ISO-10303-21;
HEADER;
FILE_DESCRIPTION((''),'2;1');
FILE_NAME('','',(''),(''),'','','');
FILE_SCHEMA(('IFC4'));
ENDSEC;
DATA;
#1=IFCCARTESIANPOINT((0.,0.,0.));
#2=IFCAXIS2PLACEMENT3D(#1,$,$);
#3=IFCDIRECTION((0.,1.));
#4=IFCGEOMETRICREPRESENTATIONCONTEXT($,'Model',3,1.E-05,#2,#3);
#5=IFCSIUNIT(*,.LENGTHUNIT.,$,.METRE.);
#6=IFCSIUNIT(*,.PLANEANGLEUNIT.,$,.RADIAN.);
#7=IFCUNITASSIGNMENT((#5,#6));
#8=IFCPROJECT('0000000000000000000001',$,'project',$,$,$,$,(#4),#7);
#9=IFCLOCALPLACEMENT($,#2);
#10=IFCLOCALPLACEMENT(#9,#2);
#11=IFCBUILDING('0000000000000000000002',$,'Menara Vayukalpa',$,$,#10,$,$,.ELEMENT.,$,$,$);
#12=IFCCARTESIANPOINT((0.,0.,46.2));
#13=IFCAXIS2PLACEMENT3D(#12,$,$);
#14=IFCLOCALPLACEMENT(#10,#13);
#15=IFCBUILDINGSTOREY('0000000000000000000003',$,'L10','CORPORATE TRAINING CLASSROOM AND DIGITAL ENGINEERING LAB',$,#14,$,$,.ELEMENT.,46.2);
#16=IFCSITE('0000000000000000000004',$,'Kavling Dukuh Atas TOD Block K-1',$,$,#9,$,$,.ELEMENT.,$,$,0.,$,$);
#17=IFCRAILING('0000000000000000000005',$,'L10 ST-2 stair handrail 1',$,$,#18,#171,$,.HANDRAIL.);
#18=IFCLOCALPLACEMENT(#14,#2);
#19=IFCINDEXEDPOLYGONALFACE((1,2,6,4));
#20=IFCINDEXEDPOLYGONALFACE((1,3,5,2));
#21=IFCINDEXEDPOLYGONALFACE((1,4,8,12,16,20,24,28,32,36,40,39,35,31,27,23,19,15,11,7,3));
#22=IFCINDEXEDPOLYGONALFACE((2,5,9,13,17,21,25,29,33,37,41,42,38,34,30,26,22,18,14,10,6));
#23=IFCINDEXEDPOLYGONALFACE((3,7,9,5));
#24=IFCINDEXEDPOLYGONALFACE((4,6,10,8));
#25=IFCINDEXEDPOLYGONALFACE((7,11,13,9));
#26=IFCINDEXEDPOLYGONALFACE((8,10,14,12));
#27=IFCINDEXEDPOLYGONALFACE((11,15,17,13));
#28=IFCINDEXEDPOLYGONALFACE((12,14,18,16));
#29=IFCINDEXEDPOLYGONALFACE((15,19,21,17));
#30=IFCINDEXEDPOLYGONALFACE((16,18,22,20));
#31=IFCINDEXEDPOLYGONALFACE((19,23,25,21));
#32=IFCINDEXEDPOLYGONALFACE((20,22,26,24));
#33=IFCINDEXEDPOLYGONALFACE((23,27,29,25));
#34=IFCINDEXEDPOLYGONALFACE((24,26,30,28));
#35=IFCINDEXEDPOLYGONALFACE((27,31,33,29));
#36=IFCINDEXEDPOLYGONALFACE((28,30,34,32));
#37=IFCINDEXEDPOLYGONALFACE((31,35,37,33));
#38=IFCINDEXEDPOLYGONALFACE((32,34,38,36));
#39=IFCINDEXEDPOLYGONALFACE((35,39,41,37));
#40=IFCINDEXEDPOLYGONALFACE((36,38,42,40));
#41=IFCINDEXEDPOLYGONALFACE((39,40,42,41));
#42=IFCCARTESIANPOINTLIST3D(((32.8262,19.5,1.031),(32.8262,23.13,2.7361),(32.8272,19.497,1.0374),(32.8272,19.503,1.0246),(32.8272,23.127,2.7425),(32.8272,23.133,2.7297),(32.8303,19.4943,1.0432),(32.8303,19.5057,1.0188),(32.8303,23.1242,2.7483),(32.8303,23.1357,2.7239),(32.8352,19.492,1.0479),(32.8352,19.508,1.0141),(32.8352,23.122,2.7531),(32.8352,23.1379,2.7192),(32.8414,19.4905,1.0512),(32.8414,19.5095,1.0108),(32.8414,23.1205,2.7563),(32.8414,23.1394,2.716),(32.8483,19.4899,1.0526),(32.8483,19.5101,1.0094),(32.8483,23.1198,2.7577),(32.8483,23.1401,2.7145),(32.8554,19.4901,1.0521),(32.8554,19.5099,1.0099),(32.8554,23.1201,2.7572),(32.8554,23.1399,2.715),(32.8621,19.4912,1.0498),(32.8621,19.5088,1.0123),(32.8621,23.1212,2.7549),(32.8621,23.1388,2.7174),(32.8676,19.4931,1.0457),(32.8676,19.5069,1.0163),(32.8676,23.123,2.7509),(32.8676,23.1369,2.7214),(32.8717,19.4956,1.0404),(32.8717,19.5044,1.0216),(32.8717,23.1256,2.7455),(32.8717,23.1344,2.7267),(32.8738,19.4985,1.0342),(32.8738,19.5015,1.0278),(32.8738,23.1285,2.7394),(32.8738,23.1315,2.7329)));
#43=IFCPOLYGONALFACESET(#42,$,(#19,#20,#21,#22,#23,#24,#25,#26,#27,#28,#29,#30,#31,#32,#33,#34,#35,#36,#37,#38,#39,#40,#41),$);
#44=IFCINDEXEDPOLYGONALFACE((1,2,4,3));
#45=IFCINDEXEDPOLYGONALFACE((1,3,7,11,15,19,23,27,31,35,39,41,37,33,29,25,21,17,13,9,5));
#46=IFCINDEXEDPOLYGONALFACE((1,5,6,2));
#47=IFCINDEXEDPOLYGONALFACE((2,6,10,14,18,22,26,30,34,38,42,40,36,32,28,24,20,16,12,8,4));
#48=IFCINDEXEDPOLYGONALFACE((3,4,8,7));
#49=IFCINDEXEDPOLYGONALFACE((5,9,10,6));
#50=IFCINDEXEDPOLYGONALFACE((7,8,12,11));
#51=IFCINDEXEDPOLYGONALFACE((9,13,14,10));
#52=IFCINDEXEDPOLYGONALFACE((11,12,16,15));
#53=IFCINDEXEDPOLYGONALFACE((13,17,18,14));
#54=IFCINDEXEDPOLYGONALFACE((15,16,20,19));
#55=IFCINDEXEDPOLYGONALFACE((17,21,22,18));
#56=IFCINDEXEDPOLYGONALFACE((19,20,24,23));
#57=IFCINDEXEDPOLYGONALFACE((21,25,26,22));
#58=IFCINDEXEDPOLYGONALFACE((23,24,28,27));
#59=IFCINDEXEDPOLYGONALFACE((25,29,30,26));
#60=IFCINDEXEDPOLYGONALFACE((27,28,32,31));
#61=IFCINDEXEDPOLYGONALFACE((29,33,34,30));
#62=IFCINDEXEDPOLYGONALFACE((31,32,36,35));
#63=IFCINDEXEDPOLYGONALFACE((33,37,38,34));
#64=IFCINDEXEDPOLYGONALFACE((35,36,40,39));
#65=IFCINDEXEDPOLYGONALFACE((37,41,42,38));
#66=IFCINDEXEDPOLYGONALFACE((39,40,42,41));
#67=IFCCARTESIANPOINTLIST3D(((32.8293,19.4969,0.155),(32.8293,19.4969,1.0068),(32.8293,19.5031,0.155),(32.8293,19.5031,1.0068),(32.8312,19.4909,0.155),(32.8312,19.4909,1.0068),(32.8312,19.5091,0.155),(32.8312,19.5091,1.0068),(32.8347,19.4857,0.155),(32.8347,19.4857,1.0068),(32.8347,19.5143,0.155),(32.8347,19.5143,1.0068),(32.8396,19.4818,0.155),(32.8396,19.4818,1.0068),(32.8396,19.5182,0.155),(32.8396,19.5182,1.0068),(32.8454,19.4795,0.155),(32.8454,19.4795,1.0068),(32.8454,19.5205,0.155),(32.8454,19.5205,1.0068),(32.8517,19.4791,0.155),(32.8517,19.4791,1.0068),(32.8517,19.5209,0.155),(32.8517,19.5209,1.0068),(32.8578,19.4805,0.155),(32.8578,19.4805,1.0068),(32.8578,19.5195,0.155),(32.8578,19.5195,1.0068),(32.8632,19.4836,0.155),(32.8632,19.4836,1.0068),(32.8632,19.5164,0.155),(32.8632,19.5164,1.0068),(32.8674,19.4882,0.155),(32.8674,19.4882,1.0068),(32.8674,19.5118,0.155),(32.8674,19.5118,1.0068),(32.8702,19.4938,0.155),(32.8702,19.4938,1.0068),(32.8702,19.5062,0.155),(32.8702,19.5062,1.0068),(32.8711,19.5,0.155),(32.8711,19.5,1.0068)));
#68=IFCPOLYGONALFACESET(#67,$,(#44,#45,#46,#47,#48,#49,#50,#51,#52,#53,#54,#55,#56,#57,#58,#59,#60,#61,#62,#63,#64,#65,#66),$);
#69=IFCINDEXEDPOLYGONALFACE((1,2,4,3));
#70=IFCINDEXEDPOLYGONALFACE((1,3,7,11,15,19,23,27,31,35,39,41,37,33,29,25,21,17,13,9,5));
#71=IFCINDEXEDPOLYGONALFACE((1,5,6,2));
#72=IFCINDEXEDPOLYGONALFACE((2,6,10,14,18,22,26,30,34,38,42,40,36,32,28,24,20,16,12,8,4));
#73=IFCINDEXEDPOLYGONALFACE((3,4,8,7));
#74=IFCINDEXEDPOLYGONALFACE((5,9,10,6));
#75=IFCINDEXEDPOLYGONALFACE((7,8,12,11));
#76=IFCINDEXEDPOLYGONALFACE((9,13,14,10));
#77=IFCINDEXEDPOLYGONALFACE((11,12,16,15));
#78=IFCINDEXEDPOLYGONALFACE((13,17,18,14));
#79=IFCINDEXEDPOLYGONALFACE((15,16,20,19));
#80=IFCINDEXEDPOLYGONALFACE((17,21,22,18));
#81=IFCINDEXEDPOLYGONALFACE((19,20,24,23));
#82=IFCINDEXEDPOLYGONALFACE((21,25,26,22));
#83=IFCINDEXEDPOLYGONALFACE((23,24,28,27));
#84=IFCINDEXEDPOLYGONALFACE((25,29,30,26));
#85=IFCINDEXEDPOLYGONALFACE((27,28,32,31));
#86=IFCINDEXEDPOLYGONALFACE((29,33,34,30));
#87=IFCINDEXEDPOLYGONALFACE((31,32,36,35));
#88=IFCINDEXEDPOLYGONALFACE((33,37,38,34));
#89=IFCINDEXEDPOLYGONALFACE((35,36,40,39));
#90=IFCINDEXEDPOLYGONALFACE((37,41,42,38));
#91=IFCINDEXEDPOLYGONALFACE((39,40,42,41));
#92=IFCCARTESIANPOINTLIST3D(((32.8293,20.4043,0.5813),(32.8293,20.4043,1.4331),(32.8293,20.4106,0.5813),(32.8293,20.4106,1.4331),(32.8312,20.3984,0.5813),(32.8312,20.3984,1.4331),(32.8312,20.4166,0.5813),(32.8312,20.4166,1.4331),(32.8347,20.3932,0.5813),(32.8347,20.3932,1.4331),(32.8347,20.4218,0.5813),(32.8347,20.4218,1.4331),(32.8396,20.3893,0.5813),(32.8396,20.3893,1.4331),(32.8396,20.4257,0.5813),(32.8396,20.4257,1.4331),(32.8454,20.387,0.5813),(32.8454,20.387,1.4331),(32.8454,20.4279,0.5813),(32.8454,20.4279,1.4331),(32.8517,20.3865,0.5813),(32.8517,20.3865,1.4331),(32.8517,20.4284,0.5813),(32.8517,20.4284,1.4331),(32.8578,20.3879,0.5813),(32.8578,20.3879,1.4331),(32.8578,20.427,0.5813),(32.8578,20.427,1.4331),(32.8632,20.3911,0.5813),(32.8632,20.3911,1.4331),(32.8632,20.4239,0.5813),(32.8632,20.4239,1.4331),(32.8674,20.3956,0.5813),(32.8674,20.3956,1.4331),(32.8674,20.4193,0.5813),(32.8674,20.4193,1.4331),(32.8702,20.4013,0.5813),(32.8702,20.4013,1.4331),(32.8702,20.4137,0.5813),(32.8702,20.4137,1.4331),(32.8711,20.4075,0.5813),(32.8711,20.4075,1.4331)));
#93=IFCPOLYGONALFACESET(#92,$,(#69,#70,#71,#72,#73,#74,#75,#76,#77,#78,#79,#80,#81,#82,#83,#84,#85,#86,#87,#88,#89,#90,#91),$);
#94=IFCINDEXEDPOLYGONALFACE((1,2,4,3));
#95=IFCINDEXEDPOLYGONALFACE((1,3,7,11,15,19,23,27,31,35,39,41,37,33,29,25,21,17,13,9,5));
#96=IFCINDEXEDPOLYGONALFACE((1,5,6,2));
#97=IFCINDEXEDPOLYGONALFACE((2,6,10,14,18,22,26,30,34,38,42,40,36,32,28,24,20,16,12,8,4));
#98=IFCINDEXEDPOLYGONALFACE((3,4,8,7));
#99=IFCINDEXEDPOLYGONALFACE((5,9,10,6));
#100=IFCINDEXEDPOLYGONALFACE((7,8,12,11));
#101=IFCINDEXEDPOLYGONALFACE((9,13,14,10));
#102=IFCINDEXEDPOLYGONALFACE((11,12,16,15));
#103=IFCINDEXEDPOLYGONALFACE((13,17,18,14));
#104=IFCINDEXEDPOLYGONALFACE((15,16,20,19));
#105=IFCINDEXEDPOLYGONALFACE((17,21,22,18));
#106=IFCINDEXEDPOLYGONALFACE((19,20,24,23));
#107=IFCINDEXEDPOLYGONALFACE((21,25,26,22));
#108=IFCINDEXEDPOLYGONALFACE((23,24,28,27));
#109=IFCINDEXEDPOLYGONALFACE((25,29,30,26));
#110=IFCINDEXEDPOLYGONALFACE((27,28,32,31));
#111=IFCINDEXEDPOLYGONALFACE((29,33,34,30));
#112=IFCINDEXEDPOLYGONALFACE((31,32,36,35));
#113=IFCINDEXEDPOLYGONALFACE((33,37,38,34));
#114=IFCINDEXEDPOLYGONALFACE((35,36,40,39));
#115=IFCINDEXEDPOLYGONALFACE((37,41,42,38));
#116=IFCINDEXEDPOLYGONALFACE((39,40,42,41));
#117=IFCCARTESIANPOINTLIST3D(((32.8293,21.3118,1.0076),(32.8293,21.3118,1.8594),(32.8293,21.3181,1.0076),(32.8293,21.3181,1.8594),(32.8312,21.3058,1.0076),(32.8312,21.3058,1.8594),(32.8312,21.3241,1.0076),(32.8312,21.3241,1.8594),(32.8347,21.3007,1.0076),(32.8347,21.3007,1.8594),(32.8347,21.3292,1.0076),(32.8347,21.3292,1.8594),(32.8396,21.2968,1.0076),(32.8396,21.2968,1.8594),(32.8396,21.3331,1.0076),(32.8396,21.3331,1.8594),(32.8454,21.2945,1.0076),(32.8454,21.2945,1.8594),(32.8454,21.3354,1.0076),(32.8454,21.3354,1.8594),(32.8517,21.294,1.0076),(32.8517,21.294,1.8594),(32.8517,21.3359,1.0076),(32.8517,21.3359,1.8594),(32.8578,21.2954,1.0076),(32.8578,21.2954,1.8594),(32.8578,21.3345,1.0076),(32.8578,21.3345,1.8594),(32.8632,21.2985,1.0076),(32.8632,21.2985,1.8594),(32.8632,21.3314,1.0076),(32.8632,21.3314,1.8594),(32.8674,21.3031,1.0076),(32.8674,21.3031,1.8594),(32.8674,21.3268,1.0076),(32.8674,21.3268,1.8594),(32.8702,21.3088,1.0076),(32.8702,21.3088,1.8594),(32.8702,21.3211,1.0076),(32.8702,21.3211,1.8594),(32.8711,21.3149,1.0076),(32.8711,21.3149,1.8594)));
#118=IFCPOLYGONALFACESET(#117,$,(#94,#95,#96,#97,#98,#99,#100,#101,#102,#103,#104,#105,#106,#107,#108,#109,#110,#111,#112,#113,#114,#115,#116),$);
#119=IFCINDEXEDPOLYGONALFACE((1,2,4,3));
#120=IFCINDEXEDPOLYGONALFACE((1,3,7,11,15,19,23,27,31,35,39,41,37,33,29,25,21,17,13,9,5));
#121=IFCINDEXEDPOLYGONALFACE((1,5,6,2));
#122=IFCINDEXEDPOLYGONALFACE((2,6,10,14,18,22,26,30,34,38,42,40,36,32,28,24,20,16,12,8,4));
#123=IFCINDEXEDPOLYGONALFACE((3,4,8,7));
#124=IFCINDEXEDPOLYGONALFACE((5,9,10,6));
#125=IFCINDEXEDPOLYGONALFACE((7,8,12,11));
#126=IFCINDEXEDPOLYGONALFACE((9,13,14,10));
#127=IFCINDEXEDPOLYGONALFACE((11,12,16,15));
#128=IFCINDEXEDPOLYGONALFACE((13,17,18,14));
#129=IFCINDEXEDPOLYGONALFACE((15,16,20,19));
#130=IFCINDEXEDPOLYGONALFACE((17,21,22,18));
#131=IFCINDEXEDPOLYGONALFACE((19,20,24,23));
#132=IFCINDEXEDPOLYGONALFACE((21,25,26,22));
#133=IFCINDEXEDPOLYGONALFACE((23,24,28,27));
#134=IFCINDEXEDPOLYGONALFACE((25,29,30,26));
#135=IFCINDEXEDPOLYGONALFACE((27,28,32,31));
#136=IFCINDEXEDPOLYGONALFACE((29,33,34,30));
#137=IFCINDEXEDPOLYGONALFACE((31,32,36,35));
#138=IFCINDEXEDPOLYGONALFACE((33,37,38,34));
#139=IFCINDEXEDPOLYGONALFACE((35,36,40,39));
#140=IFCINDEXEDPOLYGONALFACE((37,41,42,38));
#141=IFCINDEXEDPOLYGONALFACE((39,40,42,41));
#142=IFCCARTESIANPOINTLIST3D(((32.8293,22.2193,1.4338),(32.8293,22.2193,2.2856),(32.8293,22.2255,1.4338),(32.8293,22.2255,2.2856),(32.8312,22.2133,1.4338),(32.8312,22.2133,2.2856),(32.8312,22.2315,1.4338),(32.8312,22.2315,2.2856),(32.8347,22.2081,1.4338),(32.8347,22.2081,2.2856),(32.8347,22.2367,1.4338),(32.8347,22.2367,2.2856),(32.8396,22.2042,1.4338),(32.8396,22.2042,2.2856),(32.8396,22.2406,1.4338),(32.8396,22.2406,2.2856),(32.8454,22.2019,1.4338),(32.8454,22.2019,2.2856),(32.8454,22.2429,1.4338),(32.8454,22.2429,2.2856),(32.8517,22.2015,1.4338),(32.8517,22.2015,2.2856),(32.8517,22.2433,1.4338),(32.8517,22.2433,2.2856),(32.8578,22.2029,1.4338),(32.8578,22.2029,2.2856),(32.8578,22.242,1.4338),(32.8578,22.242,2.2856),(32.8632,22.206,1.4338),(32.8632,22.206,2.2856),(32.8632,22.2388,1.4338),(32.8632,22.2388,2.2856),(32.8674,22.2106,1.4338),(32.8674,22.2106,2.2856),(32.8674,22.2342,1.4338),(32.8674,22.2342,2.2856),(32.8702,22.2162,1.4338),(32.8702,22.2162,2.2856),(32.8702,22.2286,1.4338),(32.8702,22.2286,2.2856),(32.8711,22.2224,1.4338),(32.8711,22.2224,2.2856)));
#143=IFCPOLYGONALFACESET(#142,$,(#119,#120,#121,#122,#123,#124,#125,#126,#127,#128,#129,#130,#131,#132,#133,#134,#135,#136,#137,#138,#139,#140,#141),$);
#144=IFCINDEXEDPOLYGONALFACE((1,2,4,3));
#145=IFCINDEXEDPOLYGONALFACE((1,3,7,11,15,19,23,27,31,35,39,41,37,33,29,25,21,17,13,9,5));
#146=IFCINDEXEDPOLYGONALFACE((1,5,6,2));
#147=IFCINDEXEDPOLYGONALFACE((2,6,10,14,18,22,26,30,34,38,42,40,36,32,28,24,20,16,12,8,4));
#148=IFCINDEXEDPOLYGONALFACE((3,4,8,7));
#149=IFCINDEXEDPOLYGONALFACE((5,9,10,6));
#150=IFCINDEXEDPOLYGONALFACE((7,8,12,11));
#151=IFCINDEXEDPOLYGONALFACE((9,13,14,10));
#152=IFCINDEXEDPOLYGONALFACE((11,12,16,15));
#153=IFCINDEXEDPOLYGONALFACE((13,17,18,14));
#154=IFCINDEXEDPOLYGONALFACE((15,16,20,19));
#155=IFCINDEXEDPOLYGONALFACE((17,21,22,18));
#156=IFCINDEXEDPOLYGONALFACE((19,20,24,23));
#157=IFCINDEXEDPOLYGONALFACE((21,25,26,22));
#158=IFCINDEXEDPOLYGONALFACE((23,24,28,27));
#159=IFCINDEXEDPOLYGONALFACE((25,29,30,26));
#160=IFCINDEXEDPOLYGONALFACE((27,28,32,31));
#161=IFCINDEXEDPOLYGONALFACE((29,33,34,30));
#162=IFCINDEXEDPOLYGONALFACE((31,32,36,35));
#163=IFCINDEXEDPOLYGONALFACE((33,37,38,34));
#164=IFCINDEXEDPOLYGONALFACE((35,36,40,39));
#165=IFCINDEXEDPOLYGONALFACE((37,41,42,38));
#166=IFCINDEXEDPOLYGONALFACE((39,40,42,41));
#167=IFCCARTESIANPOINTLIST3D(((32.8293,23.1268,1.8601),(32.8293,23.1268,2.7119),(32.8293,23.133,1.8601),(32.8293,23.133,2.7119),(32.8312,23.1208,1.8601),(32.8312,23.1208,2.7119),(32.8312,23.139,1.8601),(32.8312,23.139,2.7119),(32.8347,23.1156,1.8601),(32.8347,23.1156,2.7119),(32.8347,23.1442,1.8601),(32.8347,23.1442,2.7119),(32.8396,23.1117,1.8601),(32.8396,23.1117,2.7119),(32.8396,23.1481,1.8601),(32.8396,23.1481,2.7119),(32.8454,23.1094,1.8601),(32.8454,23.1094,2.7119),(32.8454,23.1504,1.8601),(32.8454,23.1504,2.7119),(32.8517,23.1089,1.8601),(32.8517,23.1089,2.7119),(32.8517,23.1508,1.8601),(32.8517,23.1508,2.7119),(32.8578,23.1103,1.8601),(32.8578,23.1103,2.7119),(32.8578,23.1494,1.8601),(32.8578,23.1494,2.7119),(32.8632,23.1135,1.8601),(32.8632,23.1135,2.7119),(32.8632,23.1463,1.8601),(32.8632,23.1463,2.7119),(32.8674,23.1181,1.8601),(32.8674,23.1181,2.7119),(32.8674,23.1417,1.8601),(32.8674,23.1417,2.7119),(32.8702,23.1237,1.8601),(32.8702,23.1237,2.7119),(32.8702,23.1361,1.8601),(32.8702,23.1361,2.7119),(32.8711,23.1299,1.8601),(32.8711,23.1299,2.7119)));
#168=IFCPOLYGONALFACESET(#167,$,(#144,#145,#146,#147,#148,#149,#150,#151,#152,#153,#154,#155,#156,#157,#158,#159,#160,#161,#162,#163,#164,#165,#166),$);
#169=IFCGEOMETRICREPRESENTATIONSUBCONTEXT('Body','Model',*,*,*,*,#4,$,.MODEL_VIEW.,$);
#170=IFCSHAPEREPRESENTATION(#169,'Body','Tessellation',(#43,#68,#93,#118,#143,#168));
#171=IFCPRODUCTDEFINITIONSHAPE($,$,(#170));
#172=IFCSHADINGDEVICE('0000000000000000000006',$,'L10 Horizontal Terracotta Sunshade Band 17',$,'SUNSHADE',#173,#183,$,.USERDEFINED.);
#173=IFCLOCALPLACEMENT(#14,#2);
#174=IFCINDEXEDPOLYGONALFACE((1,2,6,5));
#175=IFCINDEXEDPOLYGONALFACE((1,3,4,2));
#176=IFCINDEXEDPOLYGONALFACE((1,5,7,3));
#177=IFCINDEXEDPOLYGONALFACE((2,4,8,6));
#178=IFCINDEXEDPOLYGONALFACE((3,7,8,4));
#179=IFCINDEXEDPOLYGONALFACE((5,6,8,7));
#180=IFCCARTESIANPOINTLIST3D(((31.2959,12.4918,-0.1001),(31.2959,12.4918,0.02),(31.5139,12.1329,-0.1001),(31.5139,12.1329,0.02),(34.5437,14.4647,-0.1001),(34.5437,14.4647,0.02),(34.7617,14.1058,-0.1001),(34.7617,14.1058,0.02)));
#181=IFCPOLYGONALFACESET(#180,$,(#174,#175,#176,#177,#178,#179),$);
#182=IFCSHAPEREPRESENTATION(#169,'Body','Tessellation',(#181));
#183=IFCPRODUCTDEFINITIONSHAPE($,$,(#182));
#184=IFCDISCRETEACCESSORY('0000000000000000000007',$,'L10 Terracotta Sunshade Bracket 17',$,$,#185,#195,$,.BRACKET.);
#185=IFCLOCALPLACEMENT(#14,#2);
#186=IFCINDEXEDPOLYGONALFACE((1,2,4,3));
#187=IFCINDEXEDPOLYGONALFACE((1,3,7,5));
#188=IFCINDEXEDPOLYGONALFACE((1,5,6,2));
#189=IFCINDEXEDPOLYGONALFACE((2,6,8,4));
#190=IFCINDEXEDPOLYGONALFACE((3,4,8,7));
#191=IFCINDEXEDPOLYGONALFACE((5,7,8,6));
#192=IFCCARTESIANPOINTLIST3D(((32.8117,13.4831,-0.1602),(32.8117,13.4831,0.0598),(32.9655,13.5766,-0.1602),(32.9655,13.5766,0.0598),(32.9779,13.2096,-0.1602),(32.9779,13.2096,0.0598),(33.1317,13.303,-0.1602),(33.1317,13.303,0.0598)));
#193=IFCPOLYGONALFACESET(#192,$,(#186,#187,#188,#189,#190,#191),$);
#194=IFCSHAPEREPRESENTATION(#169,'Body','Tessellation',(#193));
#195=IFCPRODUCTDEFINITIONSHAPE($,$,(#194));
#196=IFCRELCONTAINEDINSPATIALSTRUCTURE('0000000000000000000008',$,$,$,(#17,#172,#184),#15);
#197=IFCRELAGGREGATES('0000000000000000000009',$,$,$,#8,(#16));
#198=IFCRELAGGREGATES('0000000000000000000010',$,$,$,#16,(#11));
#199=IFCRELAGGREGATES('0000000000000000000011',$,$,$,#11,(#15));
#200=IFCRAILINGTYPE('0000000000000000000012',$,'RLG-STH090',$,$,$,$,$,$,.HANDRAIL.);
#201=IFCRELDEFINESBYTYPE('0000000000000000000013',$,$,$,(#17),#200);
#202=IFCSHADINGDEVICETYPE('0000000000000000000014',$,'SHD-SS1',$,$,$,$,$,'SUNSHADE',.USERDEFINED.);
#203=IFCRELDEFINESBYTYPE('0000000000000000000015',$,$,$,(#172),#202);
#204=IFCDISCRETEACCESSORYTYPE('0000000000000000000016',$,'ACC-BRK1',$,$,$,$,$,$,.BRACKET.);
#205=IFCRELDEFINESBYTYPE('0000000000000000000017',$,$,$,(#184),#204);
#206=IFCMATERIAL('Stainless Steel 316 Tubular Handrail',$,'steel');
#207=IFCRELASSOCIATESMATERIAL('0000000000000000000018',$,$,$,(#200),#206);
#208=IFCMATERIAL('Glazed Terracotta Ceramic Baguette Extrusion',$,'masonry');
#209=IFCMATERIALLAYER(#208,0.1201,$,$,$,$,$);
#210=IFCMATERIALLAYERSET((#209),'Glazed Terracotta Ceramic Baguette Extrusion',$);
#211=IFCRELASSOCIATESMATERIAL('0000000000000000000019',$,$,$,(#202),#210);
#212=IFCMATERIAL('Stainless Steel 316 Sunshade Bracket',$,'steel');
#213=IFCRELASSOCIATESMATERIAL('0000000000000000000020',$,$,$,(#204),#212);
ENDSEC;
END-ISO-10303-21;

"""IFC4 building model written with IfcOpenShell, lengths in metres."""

from ifc_helpers import new_model, si_unit, direction, frame, origin, origin_2d, place, context, subcontext, project, spatial, rectangle, circle, extrude, material, layer, layer_set, type_object, element, save


model = new_model("IFC4")

# Units and contexts
model_context = context("Model", 3, precision=1e-05, world=origin(), true_north=direction((0.0, 1.0)))
body_context = subcontext(model_context, "Body", "Model", "MODEL_VIEW")
ifc_project = project(units=[si_unit("LENGTHUNIT", "METRE"), si_unit("PLANEANGLEUNIT", "RADIAN")], contexts=[model_context])

# Site, building, storey
site_placement = place(None, origin())
site = spatial("IfcSite", under=ifc_project, at=site_placement, Name="Kavling Dukuh Atas TOD Block K-1", CompositionType="ELEMENT", RefElevation=0.0)
building_placement = place(site_placement, origin())
building = spatial("IfcBuilding", under=site, at=building_placement, Name="Menara Vayukalpa", CompositionType="ELEMENT")
storey_placement = place(building_placement, frame((0.0, 0.0, 46.2)))
storey = spatial("IfcBuildingStorey", under=building, at=storey_placement, Name="L10", Description="CORPORATE TRAINING CLASSROOM AND DIGITAL ENGINEERING LAB", CompositionType="ELEMENT", Elevation=46.2)

# Railing
ifc_material_1 = material(Name="Stainless Steel 316 Tubular Handrail", Category="steel")
railing_type_1 = type_object("IfcRailingType", Name="RLG-STH090", PredefinedType="HANDRAIL", material=ifc_material_1)
railing_1_placement = place(storey_placement, frame((32.8501, 19.5, 0.155)))
element("IfcRailing", 1, at=railing_1_placement, inside=storey, type_object=railing_type_1, Name="L10 ST-2 stair handrail 1", PredefinedType="HANDRAIL", context=body_context, shape_type="SweptSolid", body=[
    extrude(circle(Radius=0.0239, at=origin_2d()), frame((0.0, 0.0, 0.876), z_axis=(0.0, 0.905116, 0.425164), x_axis=(-1.0, 0.0, 0.0)), (0.0, 0.0, 1.0), 4.0105),
    extrude(circle(Radius=0.021, at=origin_2d()), origin(), (0.0, 0.0, 1.0), 0.8518),
    extrude(circle(Radius=0.021, at=origin_2d()), frame((0.0, 0.9075, 0.4263)), (0.0, 0.0, 1.0), 0.8518),
    extrude(circle(Radius=0.021, at=origin_2d()), frame((0.0, 1.8149, 0.8525)), (0.0, 0.0, 1.0), 0.8518),
    extrude(circle(Radius=0.021, at=origin_2d()), frame((0.0, 2.7224, 1.2788)), (0.0, 0.0, 1.0), 0.8518),
    extrude(circle(Radius=0.021, at=origin_2d()), frame((0.0, 3.6299, 1.7051)), (0.0, 0.0, 1.0), 0.8518),
])

# Shading device
ifc_material_2 = material(Name="Glazed Terracotta Ceramic Baguette Extrusion", Category="masonry")
ifc_layer_1 = layer(ifc_material_2, 0.1201)
ifc_layer_set_1 = layer_set([ifc_layer_1], Name="Glazed Terracotta Ceramic Baguette Extrusion")
shading_device_type = type_object("IfcShadingDeviceType", Name="SHD-SS1", ElementType="SUNSHADE", PredefinedType="USERDEFINED", material=ifc_layer_set_1)
shading_device_placement = place(storey_placement, frame((33.0288, 13.2988, -0.1001), z_axis=(0.0, 0.0, 1.0), x_axis=(0.854667, 0.519176, 0.0)))
element("IfcShadingDevice", 2, at=shading_device_placement, inside=storey, type_object=shading_device_type, Name="L10 Horizontal Terracotta Sunshade Band 17", ObjectType="SUNSHADE", PredefinedType="USERDEFINED", context=body_context, shape_type="SweptSolid", body=[
    extrude(rectangle(XDim=3.8, YDim=0.4199, at=origin_2d()), origin(), (0.0, 0.0, 1.0), 0.1201),
])

# Discrete accessory
ifc_material_3 = material(Name="Stainless Steel 316 Sunshade Bracket", Category="steel")
discrete_accessory_type = type_object("IfcDiscreteAccessoryType", Name="ACC-BRK1", PredefinedType="BRACKET", material=ifc_material_3)
discrete_accessory_placement = place(storey_placement, frame((32.9717, 13.3931, -0.1602), z_axis=(0.0, 0.0, 1.0), x_axis=(0.854667, 0.519176, 0.0)))
element("IfcDiscreteAccessory", 3, at=discrete_accessory_placement, inside=storey, type_object=discrete_accessory_type, Name="L10 Terracotta Sunshade Bracket 17", PredefinedType="BRACKET", context=body_context, shape_type="SweptSolid", body=[
    extrude(rectangle(XDim=0.1799, YDim=0.3201, at=origin_2d()), origin(), (0.0, 0.0, 1.0), 0.22),
])

save(model, "model.ifc")
